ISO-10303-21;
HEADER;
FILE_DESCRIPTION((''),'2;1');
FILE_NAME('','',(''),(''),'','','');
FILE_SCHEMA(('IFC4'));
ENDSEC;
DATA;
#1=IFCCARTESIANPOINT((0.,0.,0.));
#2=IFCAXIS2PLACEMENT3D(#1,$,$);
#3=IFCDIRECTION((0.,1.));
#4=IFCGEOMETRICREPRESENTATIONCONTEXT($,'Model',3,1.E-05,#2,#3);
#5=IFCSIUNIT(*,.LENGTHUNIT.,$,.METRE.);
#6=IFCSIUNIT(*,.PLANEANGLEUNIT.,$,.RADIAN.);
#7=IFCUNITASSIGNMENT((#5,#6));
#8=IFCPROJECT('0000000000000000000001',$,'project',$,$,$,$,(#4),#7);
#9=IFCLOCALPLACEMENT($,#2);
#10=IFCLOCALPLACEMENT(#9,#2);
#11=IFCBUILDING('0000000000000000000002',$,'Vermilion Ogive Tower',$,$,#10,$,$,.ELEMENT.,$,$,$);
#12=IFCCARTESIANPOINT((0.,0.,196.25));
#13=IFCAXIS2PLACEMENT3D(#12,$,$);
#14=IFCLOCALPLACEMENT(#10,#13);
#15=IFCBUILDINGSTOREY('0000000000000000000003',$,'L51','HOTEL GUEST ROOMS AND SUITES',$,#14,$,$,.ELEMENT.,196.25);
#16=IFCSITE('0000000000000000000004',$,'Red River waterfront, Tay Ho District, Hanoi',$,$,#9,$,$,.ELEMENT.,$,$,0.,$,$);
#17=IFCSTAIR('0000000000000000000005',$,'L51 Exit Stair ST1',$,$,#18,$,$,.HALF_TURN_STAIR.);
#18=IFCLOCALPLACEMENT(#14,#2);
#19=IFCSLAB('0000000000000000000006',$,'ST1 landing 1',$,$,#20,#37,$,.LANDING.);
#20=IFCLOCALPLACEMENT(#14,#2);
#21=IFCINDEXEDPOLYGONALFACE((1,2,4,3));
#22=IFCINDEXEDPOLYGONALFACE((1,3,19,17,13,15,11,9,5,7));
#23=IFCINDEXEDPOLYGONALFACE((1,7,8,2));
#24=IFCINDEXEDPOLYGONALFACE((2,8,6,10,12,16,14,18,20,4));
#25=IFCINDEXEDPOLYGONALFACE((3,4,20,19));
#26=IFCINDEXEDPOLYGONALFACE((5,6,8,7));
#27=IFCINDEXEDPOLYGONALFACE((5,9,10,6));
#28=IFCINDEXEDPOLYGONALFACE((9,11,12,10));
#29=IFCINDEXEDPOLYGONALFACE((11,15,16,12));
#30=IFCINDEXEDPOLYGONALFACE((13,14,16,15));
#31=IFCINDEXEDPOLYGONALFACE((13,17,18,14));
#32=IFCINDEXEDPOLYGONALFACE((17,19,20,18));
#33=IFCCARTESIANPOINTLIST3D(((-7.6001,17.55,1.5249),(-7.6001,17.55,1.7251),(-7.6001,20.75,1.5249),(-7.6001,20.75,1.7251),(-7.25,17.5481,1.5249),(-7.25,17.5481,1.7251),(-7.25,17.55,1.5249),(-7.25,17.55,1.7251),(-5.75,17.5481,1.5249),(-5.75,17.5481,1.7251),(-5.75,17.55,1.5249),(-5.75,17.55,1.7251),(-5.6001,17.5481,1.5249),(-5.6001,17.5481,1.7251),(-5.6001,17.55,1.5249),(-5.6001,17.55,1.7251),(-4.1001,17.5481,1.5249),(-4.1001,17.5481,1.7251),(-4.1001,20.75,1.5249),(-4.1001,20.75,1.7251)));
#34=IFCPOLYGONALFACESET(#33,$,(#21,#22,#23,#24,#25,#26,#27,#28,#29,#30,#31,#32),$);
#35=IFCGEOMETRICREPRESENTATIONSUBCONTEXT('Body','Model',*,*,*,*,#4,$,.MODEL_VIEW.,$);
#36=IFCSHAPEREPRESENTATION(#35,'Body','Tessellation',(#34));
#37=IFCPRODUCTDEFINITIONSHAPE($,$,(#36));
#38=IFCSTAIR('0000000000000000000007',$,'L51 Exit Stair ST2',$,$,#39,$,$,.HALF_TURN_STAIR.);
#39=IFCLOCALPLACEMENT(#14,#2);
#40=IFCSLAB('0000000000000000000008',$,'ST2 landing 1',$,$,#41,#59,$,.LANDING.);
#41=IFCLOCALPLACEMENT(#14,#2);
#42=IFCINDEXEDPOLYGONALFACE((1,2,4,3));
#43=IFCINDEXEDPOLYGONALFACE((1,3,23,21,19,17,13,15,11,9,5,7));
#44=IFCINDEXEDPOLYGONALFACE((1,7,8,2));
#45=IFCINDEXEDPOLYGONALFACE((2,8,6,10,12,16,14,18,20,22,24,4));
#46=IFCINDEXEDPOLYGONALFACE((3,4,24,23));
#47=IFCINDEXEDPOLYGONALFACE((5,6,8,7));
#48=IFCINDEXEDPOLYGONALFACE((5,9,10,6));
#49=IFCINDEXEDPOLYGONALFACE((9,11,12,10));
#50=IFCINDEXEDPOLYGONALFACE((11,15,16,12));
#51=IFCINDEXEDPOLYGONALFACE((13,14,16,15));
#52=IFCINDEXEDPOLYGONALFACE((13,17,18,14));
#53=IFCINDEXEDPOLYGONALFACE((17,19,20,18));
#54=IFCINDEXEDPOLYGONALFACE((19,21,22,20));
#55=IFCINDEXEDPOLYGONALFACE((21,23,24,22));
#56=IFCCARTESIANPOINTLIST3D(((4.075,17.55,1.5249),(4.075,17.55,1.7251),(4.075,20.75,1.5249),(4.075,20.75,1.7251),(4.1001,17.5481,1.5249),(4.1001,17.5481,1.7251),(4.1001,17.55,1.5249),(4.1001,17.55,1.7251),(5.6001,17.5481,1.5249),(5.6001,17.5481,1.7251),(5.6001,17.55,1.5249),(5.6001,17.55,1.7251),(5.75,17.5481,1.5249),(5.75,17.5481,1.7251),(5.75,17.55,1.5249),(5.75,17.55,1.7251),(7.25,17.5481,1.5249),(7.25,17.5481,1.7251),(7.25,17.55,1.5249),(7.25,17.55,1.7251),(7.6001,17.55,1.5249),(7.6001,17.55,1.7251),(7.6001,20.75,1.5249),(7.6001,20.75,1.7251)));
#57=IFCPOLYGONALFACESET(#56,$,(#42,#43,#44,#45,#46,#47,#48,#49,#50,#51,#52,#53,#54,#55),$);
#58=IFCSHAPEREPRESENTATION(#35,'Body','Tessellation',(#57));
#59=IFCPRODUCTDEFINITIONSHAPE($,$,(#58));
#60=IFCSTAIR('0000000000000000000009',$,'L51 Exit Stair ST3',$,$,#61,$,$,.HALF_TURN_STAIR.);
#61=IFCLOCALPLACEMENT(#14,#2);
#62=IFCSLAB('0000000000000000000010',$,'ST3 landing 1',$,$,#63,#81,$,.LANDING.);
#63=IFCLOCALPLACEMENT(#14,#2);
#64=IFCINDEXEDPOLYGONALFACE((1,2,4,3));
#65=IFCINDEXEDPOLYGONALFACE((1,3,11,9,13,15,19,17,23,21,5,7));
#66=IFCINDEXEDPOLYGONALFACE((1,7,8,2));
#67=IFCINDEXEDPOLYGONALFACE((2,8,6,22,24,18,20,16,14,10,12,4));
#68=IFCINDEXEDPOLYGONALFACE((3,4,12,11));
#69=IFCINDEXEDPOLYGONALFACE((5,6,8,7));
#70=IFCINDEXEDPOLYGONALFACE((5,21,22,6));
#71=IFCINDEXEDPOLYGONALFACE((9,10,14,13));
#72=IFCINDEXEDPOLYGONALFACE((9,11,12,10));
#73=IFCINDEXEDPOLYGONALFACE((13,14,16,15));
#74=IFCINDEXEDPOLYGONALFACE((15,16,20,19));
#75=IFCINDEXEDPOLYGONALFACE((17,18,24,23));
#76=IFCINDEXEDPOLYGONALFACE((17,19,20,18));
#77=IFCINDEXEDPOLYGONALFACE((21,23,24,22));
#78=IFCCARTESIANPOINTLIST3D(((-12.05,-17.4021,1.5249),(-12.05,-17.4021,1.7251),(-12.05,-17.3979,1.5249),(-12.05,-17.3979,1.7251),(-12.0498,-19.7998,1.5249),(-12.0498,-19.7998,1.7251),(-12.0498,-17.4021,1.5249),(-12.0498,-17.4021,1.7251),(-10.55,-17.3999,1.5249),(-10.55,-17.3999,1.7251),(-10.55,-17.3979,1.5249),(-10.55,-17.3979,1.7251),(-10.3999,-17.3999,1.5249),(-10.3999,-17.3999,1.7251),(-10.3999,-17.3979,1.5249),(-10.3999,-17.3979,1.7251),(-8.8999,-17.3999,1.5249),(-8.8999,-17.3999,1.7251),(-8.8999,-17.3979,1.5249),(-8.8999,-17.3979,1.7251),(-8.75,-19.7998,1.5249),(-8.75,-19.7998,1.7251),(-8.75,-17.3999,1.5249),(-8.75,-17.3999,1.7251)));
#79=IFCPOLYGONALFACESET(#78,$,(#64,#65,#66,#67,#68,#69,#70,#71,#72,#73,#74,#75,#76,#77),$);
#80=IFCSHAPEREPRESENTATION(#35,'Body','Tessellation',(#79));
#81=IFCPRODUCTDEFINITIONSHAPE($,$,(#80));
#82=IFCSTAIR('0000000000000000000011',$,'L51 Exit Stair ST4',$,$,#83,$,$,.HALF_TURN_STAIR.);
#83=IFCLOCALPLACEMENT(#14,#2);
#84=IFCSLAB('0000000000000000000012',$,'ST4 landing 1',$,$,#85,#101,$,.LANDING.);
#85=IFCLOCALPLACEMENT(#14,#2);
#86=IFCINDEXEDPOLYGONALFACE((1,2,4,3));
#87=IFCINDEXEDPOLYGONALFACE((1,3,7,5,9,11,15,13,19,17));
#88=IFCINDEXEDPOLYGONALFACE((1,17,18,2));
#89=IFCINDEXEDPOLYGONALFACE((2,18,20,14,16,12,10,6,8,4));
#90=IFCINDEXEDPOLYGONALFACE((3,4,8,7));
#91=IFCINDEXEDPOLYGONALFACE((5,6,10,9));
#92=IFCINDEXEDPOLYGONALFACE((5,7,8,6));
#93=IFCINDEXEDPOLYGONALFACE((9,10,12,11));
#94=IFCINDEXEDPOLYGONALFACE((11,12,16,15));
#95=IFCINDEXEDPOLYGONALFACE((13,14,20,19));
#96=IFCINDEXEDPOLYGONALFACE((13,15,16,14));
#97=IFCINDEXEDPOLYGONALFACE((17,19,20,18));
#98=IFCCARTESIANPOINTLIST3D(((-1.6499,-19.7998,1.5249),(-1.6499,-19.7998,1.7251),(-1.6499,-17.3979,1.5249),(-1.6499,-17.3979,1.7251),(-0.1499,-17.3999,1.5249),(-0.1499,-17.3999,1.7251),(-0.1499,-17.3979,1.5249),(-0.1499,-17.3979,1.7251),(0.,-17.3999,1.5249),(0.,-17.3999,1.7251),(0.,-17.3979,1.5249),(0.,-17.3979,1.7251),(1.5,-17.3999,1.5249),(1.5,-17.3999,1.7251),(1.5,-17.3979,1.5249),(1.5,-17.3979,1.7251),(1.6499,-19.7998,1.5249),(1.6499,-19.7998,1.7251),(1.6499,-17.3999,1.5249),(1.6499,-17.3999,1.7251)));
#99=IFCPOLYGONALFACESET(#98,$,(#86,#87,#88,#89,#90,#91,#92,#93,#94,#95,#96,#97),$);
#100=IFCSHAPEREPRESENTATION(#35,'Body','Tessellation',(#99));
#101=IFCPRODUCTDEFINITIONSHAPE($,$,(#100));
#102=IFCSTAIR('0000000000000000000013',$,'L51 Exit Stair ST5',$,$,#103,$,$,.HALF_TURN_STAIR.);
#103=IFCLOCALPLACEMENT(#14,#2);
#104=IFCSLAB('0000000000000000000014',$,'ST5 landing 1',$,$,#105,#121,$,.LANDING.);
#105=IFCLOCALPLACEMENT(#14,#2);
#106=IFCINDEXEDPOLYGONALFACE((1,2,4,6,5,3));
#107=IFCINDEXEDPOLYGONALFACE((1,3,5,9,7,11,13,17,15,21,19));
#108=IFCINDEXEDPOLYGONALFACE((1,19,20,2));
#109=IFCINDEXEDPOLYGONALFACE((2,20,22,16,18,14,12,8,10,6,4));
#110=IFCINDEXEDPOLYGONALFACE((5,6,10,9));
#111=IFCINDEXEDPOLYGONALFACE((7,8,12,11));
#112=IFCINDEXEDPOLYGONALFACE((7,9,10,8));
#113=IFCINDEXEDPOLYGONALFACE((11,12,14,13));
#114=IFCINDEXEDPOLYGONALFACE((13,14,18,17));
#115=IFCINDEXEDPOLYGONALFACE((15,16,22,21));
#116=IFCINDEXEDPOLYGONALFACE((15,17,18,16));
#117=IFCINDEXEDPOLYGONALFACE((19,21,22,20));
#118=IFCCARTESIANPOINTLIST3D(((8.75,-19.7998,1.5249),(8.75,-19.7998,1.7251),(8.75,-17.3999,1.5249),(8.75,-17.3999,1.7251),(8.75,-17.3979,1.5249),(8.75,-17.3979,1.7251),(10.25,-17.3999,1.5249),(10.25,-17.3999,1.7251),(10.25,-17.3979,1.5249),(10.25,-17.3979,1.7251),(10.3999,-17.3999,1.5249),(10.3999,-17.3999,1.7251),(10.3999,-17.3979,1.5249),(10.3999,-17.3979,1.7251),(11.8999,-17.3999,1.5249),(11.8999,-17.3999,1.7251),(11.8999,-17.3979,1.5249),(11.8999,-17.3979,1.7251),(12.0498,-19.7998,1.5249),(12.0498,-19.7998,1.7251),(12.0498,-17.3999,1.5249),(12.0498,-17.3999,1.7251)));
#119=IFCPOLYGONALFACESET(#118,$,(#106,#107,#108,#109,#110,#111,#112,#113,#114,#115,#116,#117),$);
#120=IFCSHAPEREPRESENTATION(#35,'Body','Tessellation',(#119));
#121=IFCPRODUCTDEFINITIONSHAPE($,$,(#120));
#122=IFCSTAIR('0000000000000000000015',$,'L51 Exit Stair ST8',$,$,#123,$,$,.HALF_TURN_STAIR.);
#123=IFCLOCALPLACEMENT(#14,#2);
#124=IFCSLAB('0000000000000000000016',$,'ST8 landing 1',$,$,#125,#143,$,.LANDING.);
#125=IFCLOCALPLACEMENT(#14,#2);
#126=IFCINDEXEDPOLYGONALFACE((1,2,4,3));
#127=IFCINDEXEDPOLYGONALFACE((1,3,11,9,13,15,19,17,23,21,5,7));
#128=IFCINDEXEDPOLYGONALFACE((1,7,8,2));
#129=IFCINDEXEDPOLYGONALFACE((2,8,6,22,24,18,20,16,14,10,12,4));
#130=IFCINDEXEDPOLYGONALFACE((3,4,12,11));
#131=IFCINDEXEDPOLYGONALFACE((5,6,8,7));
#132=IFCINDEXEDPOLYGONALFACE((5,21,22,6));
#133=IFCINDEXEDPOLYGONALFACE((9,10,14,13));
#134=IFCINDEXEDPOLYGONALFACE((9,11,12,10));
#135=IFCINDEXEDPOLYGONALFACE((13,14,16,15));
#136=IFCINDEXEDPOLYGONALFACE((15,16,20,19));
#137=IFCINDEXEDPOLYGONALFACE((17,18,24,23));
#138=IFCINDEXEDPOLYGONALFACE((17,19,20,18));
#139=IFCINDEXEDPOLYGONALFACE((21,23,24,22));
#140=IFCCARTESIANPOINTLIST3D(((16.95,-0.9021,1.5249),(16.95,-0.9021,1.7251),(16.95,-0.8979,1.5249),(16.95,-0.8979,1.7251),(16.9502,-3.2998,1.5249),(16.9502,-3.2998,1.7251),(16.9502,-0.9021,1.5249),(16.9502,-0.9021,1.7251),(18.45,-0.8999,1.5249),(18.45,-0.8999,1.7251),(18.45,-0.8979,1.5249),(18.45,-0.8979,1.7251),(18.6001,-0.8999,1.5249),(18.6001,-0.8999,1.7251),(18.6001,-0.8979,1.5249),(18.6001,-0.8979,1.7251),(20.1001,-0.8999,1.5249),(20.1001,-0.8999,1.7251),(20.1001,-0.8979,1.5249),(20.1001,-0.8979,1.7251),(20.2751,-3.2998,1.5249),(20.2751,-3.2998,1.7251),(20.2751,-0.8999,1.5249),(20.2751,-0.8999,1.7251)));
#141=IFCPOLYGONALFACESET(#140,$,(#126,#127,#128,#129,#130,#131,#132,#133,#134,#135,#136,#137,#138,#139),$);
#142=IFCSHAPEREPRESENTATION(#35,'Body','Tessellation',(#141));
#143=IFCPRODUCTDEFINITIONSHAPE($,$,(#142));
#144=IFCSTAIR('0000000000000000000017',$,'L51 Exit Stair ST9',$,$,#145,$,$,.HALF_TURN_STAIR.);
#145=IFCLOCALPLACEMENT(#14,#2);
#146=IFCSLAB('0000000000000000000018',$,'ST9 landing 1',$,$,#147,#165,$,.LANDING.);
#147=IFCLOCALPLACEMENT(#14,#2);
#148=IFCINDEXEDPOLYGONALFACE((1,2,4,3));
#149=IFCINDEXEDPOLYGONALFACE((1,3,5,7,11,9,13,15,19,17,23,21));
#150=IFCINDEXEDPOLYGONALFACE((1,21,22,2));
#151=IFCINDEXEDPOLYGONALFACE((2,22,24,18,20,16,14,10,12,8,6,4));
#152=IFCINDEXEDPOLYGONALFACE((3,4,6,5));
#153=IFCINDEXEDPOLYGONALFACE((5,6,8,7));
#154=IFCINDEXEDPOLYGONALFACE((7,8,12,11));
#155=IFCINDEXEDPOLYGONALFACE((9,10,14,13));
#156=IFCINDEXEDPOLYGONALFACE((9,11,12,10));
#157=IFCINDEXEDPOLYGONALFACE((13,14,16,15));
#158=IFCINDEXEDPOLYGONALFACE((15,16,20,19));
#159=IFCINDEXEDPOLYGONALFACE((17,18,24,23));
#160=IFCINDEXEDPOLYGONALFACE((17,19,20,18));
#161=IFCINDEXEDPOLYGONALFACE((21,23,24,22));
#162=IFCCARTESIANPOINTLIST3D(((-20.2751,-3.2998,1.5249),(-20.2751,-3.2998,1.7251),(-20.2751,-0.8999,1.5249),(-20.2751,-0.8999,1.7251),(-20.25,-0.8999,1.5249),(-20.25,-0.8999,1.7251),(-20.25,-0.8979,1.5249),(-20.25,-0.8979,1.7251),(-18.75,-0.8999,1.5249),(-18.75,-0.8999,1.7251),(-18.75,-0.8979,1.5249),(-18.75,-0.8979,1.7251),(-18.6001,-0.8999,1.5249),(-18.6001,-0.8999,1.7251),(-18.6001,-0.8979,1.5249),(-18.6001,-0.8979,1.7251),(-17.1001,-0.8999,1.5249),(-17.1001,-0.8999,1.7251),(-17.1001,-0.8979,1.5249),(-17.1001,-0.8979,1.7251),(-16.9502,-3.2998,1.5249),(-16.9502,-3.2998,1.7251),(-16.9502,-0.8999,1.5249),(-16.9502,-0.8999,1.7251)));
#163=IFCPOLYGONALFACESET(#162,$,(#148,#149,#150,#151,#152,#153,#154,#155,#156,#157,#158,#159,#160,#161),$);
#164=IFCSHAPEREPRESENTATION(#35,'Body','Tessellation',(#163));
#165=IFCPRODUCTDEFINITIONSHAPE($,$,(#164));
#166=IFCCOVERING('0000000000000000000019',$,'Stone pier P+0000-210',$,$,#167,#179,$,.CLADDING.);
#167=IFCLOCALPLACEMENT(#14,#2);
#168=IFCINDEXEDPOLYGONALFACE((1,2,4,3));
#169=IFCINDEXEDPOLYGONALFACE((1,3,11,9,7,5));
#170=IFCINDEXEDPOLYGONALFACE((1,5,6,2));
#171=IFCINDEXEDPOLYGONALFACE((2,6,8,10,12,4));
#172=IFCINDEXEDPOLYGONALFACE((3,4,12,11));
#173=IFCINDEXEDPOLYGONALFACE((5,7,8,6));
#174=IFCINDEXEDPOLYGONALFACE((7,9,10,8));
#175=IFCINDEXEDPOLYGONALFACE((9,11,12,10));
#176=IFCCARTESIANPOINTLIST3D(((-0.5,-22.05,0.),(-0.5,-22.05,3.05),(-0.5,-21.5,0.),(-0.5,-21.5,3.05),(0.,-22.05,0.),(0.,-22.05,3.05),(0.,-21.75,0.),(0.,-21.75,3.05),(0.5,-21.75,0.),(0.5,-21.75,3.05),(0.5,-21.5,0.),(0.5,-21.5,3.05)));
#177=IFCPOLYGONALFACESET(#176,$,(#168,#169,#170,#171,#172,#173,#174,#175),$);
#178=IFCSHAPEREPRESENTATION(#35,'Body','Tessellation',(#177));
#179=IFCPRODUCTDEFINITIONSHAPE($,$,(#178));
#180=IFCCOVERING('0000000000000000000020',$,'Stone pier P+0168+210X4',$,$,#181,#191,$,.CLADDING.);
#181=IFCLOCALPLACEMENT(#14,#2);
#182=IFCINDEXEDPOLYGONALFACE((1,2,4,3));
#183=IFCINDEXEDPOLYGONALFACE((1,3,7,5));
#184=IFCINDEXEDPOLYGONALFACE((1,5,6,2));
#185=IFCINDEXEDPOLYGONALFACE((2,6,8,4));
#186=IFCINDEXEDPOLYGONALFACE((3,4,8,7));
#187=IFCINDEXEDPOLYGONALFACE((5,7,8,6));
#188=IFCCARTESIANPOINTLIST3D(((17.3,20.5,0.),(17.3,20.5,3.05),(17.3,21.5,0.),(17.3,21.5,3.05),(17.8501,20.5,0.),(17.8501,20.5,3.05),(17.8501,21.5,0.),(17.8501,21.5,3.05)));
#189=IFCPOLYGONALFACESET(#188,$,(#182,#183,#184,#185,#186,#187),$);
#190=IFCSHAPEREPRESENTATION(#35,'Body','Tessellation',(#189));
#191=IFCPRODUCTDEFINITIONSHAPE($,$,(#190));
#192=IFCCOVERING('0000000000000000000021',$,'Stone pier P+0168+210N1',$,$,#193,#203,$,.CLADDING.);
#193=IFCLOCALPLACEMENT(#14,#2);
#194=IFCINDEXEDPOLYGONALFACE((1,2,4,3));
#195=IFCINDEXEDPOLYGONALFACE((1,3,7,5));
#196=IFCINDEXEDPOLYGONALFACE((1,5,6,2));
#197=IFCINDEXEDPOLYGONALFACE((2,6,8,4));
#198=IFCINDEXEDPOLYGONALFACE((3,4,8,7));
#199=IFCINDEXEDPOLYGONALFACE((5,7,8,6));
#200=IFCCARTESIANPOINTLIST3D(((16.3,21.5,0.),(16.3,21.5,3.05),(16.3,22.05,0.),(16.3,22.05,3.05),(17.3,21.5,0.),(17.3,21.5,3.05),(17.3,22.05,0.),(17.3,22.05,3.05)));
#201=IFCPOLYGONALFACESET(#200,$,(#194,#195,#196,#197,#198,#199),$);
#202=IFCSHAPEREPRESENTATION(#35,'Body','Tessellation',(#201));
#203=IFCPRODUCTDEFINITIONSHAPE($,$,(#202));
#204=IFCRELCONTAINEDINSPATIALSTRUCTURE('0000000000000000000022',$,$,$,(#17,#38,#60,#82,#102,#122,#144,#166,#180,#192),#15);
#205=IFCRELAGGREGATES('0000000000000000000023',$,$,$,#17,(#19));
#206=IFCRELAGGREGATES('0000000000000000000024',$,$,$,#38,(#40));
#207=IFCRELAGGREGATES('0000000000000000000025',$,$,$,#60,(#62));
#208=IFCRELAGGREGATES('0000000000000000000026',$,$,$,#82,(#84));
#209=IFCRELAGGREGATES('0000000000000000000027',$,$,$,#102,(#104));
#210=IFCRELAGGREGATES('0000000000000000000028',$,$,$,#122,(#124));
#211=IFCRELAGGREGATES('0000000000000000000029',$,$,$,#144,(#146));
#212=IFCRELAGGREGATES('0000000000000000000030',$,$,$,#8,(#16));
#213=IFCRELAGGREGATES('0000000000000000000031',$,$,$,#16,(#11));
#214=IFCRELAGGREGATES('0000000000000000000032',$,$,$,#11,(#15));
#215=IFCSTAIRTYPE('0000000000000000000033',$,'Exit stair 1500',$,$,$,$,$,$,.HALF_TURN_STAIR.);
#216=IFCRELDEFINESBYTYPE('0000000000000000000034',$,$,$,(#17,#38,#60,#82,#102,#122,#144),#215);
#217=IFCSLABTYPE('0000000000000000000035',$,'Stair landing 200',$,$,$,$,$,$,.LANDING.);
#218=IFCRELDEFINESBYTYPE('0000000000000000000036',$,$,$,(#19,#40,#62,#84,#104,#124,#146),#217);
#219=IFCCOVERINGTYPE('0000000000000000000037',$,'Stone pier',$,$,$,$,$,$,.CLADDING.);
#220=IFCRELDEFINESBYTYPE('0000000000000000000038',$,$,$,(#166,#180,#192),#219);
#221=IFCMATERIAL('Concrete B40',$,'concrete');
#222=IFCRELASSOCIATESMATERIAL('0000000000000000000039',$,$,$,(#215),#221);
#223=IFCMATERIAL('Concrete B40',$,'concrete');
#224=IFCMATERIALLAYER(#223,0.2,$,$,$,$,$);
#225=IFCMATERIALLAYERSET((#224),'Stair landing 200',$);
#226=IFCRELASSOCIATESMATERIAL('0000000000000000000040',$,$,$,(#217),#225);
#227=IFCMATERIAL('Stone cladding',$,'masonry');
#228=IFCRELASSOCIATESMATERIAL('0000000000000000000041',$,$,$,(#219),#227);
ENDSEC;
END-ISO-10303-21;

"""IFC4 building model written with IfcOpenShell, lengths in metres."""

from ifc_helpers import new_model, si_unit, direction, frame, origin, place, context, subcontext, project, spatial, polyline, outline, extrude, material, layer, layer_set, type_object, element, aggregate, save


model = new_model("IFC4")

# Units and contexts
model_context = context("Model", 3, precision=1e-05, world=origin(), true_north=direction((0.0, 1.0)))
body_context = subcontext(model_context, "Body", "Model", "MODEL_VIEW")
ifc_project = project(units=[si_unit("LENGTHUNIT", "METRE"), si_unit("PLANEANGLEUNIT", "RADIAN")], contexts=[model_context])

# Site, building, storey
site_placement = place(None, origin())
site = spatial("IfcSite", under=ifc_project, at=site_placement, Name="Red River waterfront, Tay Ho District, Hanoi", CompositionType="ELEMENT", RefElevation=0.0)
building_placement = place(site_placement, origin())
building = spatial("IfcBuilding", under=site, at=building_placement, Name="Vermilion Ogive Tower", CompositionType="ELEMENT")
storey_placement = place(building_placement, frame((0.0, 0.0, 196.25)))
storey = spatial("IfcBuildingStorey", under=building, at=storey_placement, Name="L51", Description="HOTEL GUEST ROOMS AND SUITES", CompositionType="ELEMENT", Elevation=196.25)

# Stairs, slabs
ifc_material_1 = material(Name="Concrete B40", Category="concrete")
stair_type = type_object("IfcStairType", Name="Exit stair 1500", PredefinedType="HALF_TURN_STAIR", material=ifc_material_1)
stair_1_placement = place(storey_placement, origin())
stair_1 = element("IfcStair", 1, at=stair_1_placement, inside=storey, type_object=stair_type, Name="L51 Exit Stair ST1", PredefinedType="HALF_TURN_STAIR")
ifc_material_2 = material(Name="Concrete B40", Category="concrete")
ifc_layer = layer(ifc_material_2, 0.2)
ifc_layer_set = layer_set([ifc_layer], Name="Stair landing 200")
slab_type = type_object("IfcSlabType", Name="Stair landing 200", PredefinedType="LANDING", material=ifc_layer_set)
slab_1_placement = place(storey_placement, frame((0.0, 0.0, 1.5249)))
slab_1 = element("IfcSlab", 2, at=slab_1_placement, type_object=slab_type, Name="ST1 landing 1", PredefinedType="LANDING", context=body_context, shape_type="SweptSolid", body=[
    extrude(outline(polyline([(-7.6001, 17.55), (-7.25, 17.55), (-7.25, 17.5481), (-5.75, 17.5481), (-5.75, 17.55), (-5.6001, 17.55), (-5.6001, 17.5481), (-4.1001, 17.5481), (-4.1001, 20.75), (-7.6001, 20.75), (-7.6001, 17.55)])), origin(), (0.0, 0.0, 1.0), 0.2002),
])
aggregate(stair_1, [slab_1])
stair_2_placement = place(storey_placement, origin())
stair_2 = element("IfcStair", 3, at=stair_2_placement, inside=storey, type_object=stair_type, Name="L51 Exit Stair ST2", PredefinedType="HALF_TURN_STAIR")
slab_2_placement = place(storey_placement, frame((0.0, 0.0, 1.5249)))
slab_2 = element("IfcSlab", 4, at=slab_2_placement, type_object=slab_type, Name="ST2 landing 1", PredefinedType="LANDING", context=body_context, shape_type="SweptSolid", body=[
    extrude(outline(polyline([(5.6001, 17.55), (5.75, 17.55), (5.75, 17.5481), (7.25, 17.5481), (7.25, 17.55), (7.6001, 17.55), (7.6001, 20.75), (4.075, 20.75), (4.075, 17.55), (4.1001, 17.55), (4.1001, 17.5481), (5.6001, 17.5481), (5.6001, 17.55)])), origin(), (0.0, 0.0, 1.0), 0.2002),
])
aggregate(stair_2, [slab_2])
stair_3_placement = place(storey_placement, origin())
stair_3 = element("IfcStair", 5, at=stair_3_placement, inside=storey, type_object=stair_type, Name="L51 Exit Stair ST3", PredefinedType="HALF_TURN_STAIR")
slab_3_placement = place(storey_placement, frame((0.0, 0.0, 1.5249)))
slab_3 = element("IfcSlab", 6, at=slab_3_placement, type_object=slab_type, Name="ST3 landing 1", PredefinedType="LANDING", context=body_context, shape_type="SweptSolid", body=[
    extrude(outline(polyline([(-8.75, -17.3999), (-8.8999, -17.3999), (-8.8999, -17.3979), (-10.3999, -17.3979), (-10.3999, -17.3999), (-10.55, -17.3999), (-10.55, -17.3979), (-12.05, -17.3979), (-12.05, -17.4021), (-12.0498, -17.4021), (-12.0498, -19.7998), (-8.75, -19.7998), (-8.75, -17.3999)])), origin(), (0.0, 0.0, 1.0), 0.2002),
])
aggregate(stair_3, [slab_3])
stair_4_placement = place(storey_placement, origin())
stair_4 = element("IfcStair", 7, at=stair_4_placement, inside=storey, type_object=stair_type, Name="L51 Exit Stair ST4", PredefinedType="HALF_TURN_STAIR")
slab_4_placement = place(storey_placement, frame((0.0, 0.0, 1.5249)))
slab_4 = element("IfcSlab", 8, at=slab_4_placement, type_object=slab_type, Name="ST4 landing 1", PredefinedType="LANDING", context=body_context, shape_type="SweptSolid", body=[
    extrude(outline(polyline([(1.6499, -17.3999), (1.5, -17.3999), (1.5, -17.3979), (0.0, -17.3979), (0.0, -17.3999), (-0.1499, -17.3999), (-0.1499, -17.3979), (-1.6499, -17.3979), (-1.6499, -19.7998), (1.6499, -19.7998), (1.6499, -17.3999)])), origin(), (0.0, 0.0, 1.0), 0.2002),
])
aggregate(stair_4, [slab_4])
stair_5_placement = place(storey_placement, origin())
stair_5 = element("IfcStair", 9, at=stair_5_placement, inside=storey, type_object=stair_type, Name="L51 Exit Stair ST5", PredefinedType="HALF_TURN_STAIR")
slab_5_placement = place(storey_placement, frame((0.0, 0.0, 1.5249)))
slab_5 = element("IfcSlab", 10, at=slab_5_placement, type_object=slab_type, Name="ST5 landing 1", PredefinedType="LANDING", context=body_context, shape_type="SweptSolid", body=[
    extrude(outline(polyline([(12.0498, -17.3999), (11.8999, -17.3999), (11.8999, -17.3979), (10.3999, -17.3979), (10.3999, -17.3999), (10.25, -17.3999), (10.25, -17.3979), (8.75, -17.3979), (8.75, -17.3999), (8.75, -17.3999), (8.75, -19.7998), (12.0498, -19.7998), (12.0498, -17.3999)])), origin(), (0.0, 0.0, 1.0), 0.2002),
])
aggregate(stair_5, [slab_5])
stair_6_placement = place(storey_placement, origin())
stair_6 = element("IfcStair", 11, at=stair_6_placement, inside=storey, type_object=stair_type, Name="L51 Exit Stair ST8", PredefinedType="HALF_TURN_STAIR")
slab_6_placement = place(storey_placement, frame((0.0, 0.0, 1.5249)))
slab_6 = element("IfcSlab", 12, at=slab_6_placement, type_object=slab_type, Name="ST8 landing 1", PredefinedType="LANDING", context=body_context, shape_type="SweptSolid", body=[
    extrude(outline(polyline([(20.2751, -0.8999), (20.1001, -0.8999), (20.1001, -0.8979), (18.6001, -0.8979), (18.6001, -0.8999), (18.45, -0.8999), (18.45, -0.8979), (16.95, -0.8979), (16.95, -0.9021), (16.9502, -0.9021), (16.9502, -3.2998), (20.2751, -3.2998), (20.2751, -0.8999)])), origin(), (0.0, 0.0, 1.0), 0.2002),
])
aggregate(stair_6, [slab_6])
stair_7_placement = place(storey_placement, origin())
stair_7 = element("IfcStair", 13, at=stair_7_placement, inside=storey, type_object=stair_type, Name="L51 Exit Stair ST9", PredefinedType="HALF_TURN_STAIR")
slab_7_placement = place(storey_placement, frame((0.0, 0.0, 1.5249)))
slab_7 = element("IfcSlab", 14, at=slab_7_placement, type_object=slab_type, Name="ST9 landing 1", PredefinedType="LANDING", context=body_context, shape_type="SweptSolid", body=[
    extrude(outline(polyline([(-16.9502, -0.8999), (-17.1001, -0.8999), (-17.1001, -0.8979), (-18.6001, -0.8979), (-18.6001, -0.8999), (-18.75, -0.8999), (-18.75, -0.8979), (-20.25, -0.8979), (-20.25, -0.8999), (-20.2751, -0.8999), (-20.2751, -3.2998), (-16.9502, -3.2998), (-16.9502, -0.8999)])), origin(), (0.0, 0.0, 1.0), 0.2002),
])
aggregate(stair_7, [slab_7])

# Coverings
ifc_material_3 = material(Name="Stone cladding", Category="masonry")
covering_type = type_object("IfcCoveringType", Name="Stone pier", PredefinedType="CLADDING", material=ifc_material_3)
covering_1_placement = place(storey_placement, origin())
element("IfcCovering", 15, at=covering_1_placement, inside=storey, type_object=covering_type, Name="Stone pier P+0000-210", PredefinedType="CLADDING", context=body_context, shape_type="SweptSolid", body=[
    extrude(outline(polyline([(0.5, -21.75), (0.0, -21.75), (0.0, -22.05), (-0.5, -22.05), (-0.5, -21.5), (0.5, -21.5), (0.5, -21.75)])), origin(), (0.0, 0.0, 1.0), 3.05),
])
covering_2_placement = place(storey_placement, origin())
element("IfcCovering", 16, at=covering_2_placement, inside=storey, type_object=covering_type, Name="Stone pier P+0168+210X4", PredefinedType="CLADDING", context=body_context, shape_type="SweptSolid", body=[
    extrude(outline(polyline([(17.8501, 21.5), (17.8501, 20.5), (17.3, 20.5), (17.3, 21.5), (17.8501, 21.5)])), origin(), (0.0, 0.0, 1.0), 3.05),
])
covering_3_placement = place(storey_placement, origin())
element("IfcCovering", 17, at=covering_3_placement, inside=storey, type_object=covering_type, Name="Stone pier P+0168+210N1", PredefinedType="CLADDING", context=body_context, shape_type="SweptSolid", body=[
    extrude(outline(polyline([(17.3, 22.05), (17.3, 21.5), (16.3, 21.5), (16.3, 22.05), (17.3, 22.05)])), origin(), (0.0, 0.0, 1.0), 3.05),
])

save(model, "model.ifc")
